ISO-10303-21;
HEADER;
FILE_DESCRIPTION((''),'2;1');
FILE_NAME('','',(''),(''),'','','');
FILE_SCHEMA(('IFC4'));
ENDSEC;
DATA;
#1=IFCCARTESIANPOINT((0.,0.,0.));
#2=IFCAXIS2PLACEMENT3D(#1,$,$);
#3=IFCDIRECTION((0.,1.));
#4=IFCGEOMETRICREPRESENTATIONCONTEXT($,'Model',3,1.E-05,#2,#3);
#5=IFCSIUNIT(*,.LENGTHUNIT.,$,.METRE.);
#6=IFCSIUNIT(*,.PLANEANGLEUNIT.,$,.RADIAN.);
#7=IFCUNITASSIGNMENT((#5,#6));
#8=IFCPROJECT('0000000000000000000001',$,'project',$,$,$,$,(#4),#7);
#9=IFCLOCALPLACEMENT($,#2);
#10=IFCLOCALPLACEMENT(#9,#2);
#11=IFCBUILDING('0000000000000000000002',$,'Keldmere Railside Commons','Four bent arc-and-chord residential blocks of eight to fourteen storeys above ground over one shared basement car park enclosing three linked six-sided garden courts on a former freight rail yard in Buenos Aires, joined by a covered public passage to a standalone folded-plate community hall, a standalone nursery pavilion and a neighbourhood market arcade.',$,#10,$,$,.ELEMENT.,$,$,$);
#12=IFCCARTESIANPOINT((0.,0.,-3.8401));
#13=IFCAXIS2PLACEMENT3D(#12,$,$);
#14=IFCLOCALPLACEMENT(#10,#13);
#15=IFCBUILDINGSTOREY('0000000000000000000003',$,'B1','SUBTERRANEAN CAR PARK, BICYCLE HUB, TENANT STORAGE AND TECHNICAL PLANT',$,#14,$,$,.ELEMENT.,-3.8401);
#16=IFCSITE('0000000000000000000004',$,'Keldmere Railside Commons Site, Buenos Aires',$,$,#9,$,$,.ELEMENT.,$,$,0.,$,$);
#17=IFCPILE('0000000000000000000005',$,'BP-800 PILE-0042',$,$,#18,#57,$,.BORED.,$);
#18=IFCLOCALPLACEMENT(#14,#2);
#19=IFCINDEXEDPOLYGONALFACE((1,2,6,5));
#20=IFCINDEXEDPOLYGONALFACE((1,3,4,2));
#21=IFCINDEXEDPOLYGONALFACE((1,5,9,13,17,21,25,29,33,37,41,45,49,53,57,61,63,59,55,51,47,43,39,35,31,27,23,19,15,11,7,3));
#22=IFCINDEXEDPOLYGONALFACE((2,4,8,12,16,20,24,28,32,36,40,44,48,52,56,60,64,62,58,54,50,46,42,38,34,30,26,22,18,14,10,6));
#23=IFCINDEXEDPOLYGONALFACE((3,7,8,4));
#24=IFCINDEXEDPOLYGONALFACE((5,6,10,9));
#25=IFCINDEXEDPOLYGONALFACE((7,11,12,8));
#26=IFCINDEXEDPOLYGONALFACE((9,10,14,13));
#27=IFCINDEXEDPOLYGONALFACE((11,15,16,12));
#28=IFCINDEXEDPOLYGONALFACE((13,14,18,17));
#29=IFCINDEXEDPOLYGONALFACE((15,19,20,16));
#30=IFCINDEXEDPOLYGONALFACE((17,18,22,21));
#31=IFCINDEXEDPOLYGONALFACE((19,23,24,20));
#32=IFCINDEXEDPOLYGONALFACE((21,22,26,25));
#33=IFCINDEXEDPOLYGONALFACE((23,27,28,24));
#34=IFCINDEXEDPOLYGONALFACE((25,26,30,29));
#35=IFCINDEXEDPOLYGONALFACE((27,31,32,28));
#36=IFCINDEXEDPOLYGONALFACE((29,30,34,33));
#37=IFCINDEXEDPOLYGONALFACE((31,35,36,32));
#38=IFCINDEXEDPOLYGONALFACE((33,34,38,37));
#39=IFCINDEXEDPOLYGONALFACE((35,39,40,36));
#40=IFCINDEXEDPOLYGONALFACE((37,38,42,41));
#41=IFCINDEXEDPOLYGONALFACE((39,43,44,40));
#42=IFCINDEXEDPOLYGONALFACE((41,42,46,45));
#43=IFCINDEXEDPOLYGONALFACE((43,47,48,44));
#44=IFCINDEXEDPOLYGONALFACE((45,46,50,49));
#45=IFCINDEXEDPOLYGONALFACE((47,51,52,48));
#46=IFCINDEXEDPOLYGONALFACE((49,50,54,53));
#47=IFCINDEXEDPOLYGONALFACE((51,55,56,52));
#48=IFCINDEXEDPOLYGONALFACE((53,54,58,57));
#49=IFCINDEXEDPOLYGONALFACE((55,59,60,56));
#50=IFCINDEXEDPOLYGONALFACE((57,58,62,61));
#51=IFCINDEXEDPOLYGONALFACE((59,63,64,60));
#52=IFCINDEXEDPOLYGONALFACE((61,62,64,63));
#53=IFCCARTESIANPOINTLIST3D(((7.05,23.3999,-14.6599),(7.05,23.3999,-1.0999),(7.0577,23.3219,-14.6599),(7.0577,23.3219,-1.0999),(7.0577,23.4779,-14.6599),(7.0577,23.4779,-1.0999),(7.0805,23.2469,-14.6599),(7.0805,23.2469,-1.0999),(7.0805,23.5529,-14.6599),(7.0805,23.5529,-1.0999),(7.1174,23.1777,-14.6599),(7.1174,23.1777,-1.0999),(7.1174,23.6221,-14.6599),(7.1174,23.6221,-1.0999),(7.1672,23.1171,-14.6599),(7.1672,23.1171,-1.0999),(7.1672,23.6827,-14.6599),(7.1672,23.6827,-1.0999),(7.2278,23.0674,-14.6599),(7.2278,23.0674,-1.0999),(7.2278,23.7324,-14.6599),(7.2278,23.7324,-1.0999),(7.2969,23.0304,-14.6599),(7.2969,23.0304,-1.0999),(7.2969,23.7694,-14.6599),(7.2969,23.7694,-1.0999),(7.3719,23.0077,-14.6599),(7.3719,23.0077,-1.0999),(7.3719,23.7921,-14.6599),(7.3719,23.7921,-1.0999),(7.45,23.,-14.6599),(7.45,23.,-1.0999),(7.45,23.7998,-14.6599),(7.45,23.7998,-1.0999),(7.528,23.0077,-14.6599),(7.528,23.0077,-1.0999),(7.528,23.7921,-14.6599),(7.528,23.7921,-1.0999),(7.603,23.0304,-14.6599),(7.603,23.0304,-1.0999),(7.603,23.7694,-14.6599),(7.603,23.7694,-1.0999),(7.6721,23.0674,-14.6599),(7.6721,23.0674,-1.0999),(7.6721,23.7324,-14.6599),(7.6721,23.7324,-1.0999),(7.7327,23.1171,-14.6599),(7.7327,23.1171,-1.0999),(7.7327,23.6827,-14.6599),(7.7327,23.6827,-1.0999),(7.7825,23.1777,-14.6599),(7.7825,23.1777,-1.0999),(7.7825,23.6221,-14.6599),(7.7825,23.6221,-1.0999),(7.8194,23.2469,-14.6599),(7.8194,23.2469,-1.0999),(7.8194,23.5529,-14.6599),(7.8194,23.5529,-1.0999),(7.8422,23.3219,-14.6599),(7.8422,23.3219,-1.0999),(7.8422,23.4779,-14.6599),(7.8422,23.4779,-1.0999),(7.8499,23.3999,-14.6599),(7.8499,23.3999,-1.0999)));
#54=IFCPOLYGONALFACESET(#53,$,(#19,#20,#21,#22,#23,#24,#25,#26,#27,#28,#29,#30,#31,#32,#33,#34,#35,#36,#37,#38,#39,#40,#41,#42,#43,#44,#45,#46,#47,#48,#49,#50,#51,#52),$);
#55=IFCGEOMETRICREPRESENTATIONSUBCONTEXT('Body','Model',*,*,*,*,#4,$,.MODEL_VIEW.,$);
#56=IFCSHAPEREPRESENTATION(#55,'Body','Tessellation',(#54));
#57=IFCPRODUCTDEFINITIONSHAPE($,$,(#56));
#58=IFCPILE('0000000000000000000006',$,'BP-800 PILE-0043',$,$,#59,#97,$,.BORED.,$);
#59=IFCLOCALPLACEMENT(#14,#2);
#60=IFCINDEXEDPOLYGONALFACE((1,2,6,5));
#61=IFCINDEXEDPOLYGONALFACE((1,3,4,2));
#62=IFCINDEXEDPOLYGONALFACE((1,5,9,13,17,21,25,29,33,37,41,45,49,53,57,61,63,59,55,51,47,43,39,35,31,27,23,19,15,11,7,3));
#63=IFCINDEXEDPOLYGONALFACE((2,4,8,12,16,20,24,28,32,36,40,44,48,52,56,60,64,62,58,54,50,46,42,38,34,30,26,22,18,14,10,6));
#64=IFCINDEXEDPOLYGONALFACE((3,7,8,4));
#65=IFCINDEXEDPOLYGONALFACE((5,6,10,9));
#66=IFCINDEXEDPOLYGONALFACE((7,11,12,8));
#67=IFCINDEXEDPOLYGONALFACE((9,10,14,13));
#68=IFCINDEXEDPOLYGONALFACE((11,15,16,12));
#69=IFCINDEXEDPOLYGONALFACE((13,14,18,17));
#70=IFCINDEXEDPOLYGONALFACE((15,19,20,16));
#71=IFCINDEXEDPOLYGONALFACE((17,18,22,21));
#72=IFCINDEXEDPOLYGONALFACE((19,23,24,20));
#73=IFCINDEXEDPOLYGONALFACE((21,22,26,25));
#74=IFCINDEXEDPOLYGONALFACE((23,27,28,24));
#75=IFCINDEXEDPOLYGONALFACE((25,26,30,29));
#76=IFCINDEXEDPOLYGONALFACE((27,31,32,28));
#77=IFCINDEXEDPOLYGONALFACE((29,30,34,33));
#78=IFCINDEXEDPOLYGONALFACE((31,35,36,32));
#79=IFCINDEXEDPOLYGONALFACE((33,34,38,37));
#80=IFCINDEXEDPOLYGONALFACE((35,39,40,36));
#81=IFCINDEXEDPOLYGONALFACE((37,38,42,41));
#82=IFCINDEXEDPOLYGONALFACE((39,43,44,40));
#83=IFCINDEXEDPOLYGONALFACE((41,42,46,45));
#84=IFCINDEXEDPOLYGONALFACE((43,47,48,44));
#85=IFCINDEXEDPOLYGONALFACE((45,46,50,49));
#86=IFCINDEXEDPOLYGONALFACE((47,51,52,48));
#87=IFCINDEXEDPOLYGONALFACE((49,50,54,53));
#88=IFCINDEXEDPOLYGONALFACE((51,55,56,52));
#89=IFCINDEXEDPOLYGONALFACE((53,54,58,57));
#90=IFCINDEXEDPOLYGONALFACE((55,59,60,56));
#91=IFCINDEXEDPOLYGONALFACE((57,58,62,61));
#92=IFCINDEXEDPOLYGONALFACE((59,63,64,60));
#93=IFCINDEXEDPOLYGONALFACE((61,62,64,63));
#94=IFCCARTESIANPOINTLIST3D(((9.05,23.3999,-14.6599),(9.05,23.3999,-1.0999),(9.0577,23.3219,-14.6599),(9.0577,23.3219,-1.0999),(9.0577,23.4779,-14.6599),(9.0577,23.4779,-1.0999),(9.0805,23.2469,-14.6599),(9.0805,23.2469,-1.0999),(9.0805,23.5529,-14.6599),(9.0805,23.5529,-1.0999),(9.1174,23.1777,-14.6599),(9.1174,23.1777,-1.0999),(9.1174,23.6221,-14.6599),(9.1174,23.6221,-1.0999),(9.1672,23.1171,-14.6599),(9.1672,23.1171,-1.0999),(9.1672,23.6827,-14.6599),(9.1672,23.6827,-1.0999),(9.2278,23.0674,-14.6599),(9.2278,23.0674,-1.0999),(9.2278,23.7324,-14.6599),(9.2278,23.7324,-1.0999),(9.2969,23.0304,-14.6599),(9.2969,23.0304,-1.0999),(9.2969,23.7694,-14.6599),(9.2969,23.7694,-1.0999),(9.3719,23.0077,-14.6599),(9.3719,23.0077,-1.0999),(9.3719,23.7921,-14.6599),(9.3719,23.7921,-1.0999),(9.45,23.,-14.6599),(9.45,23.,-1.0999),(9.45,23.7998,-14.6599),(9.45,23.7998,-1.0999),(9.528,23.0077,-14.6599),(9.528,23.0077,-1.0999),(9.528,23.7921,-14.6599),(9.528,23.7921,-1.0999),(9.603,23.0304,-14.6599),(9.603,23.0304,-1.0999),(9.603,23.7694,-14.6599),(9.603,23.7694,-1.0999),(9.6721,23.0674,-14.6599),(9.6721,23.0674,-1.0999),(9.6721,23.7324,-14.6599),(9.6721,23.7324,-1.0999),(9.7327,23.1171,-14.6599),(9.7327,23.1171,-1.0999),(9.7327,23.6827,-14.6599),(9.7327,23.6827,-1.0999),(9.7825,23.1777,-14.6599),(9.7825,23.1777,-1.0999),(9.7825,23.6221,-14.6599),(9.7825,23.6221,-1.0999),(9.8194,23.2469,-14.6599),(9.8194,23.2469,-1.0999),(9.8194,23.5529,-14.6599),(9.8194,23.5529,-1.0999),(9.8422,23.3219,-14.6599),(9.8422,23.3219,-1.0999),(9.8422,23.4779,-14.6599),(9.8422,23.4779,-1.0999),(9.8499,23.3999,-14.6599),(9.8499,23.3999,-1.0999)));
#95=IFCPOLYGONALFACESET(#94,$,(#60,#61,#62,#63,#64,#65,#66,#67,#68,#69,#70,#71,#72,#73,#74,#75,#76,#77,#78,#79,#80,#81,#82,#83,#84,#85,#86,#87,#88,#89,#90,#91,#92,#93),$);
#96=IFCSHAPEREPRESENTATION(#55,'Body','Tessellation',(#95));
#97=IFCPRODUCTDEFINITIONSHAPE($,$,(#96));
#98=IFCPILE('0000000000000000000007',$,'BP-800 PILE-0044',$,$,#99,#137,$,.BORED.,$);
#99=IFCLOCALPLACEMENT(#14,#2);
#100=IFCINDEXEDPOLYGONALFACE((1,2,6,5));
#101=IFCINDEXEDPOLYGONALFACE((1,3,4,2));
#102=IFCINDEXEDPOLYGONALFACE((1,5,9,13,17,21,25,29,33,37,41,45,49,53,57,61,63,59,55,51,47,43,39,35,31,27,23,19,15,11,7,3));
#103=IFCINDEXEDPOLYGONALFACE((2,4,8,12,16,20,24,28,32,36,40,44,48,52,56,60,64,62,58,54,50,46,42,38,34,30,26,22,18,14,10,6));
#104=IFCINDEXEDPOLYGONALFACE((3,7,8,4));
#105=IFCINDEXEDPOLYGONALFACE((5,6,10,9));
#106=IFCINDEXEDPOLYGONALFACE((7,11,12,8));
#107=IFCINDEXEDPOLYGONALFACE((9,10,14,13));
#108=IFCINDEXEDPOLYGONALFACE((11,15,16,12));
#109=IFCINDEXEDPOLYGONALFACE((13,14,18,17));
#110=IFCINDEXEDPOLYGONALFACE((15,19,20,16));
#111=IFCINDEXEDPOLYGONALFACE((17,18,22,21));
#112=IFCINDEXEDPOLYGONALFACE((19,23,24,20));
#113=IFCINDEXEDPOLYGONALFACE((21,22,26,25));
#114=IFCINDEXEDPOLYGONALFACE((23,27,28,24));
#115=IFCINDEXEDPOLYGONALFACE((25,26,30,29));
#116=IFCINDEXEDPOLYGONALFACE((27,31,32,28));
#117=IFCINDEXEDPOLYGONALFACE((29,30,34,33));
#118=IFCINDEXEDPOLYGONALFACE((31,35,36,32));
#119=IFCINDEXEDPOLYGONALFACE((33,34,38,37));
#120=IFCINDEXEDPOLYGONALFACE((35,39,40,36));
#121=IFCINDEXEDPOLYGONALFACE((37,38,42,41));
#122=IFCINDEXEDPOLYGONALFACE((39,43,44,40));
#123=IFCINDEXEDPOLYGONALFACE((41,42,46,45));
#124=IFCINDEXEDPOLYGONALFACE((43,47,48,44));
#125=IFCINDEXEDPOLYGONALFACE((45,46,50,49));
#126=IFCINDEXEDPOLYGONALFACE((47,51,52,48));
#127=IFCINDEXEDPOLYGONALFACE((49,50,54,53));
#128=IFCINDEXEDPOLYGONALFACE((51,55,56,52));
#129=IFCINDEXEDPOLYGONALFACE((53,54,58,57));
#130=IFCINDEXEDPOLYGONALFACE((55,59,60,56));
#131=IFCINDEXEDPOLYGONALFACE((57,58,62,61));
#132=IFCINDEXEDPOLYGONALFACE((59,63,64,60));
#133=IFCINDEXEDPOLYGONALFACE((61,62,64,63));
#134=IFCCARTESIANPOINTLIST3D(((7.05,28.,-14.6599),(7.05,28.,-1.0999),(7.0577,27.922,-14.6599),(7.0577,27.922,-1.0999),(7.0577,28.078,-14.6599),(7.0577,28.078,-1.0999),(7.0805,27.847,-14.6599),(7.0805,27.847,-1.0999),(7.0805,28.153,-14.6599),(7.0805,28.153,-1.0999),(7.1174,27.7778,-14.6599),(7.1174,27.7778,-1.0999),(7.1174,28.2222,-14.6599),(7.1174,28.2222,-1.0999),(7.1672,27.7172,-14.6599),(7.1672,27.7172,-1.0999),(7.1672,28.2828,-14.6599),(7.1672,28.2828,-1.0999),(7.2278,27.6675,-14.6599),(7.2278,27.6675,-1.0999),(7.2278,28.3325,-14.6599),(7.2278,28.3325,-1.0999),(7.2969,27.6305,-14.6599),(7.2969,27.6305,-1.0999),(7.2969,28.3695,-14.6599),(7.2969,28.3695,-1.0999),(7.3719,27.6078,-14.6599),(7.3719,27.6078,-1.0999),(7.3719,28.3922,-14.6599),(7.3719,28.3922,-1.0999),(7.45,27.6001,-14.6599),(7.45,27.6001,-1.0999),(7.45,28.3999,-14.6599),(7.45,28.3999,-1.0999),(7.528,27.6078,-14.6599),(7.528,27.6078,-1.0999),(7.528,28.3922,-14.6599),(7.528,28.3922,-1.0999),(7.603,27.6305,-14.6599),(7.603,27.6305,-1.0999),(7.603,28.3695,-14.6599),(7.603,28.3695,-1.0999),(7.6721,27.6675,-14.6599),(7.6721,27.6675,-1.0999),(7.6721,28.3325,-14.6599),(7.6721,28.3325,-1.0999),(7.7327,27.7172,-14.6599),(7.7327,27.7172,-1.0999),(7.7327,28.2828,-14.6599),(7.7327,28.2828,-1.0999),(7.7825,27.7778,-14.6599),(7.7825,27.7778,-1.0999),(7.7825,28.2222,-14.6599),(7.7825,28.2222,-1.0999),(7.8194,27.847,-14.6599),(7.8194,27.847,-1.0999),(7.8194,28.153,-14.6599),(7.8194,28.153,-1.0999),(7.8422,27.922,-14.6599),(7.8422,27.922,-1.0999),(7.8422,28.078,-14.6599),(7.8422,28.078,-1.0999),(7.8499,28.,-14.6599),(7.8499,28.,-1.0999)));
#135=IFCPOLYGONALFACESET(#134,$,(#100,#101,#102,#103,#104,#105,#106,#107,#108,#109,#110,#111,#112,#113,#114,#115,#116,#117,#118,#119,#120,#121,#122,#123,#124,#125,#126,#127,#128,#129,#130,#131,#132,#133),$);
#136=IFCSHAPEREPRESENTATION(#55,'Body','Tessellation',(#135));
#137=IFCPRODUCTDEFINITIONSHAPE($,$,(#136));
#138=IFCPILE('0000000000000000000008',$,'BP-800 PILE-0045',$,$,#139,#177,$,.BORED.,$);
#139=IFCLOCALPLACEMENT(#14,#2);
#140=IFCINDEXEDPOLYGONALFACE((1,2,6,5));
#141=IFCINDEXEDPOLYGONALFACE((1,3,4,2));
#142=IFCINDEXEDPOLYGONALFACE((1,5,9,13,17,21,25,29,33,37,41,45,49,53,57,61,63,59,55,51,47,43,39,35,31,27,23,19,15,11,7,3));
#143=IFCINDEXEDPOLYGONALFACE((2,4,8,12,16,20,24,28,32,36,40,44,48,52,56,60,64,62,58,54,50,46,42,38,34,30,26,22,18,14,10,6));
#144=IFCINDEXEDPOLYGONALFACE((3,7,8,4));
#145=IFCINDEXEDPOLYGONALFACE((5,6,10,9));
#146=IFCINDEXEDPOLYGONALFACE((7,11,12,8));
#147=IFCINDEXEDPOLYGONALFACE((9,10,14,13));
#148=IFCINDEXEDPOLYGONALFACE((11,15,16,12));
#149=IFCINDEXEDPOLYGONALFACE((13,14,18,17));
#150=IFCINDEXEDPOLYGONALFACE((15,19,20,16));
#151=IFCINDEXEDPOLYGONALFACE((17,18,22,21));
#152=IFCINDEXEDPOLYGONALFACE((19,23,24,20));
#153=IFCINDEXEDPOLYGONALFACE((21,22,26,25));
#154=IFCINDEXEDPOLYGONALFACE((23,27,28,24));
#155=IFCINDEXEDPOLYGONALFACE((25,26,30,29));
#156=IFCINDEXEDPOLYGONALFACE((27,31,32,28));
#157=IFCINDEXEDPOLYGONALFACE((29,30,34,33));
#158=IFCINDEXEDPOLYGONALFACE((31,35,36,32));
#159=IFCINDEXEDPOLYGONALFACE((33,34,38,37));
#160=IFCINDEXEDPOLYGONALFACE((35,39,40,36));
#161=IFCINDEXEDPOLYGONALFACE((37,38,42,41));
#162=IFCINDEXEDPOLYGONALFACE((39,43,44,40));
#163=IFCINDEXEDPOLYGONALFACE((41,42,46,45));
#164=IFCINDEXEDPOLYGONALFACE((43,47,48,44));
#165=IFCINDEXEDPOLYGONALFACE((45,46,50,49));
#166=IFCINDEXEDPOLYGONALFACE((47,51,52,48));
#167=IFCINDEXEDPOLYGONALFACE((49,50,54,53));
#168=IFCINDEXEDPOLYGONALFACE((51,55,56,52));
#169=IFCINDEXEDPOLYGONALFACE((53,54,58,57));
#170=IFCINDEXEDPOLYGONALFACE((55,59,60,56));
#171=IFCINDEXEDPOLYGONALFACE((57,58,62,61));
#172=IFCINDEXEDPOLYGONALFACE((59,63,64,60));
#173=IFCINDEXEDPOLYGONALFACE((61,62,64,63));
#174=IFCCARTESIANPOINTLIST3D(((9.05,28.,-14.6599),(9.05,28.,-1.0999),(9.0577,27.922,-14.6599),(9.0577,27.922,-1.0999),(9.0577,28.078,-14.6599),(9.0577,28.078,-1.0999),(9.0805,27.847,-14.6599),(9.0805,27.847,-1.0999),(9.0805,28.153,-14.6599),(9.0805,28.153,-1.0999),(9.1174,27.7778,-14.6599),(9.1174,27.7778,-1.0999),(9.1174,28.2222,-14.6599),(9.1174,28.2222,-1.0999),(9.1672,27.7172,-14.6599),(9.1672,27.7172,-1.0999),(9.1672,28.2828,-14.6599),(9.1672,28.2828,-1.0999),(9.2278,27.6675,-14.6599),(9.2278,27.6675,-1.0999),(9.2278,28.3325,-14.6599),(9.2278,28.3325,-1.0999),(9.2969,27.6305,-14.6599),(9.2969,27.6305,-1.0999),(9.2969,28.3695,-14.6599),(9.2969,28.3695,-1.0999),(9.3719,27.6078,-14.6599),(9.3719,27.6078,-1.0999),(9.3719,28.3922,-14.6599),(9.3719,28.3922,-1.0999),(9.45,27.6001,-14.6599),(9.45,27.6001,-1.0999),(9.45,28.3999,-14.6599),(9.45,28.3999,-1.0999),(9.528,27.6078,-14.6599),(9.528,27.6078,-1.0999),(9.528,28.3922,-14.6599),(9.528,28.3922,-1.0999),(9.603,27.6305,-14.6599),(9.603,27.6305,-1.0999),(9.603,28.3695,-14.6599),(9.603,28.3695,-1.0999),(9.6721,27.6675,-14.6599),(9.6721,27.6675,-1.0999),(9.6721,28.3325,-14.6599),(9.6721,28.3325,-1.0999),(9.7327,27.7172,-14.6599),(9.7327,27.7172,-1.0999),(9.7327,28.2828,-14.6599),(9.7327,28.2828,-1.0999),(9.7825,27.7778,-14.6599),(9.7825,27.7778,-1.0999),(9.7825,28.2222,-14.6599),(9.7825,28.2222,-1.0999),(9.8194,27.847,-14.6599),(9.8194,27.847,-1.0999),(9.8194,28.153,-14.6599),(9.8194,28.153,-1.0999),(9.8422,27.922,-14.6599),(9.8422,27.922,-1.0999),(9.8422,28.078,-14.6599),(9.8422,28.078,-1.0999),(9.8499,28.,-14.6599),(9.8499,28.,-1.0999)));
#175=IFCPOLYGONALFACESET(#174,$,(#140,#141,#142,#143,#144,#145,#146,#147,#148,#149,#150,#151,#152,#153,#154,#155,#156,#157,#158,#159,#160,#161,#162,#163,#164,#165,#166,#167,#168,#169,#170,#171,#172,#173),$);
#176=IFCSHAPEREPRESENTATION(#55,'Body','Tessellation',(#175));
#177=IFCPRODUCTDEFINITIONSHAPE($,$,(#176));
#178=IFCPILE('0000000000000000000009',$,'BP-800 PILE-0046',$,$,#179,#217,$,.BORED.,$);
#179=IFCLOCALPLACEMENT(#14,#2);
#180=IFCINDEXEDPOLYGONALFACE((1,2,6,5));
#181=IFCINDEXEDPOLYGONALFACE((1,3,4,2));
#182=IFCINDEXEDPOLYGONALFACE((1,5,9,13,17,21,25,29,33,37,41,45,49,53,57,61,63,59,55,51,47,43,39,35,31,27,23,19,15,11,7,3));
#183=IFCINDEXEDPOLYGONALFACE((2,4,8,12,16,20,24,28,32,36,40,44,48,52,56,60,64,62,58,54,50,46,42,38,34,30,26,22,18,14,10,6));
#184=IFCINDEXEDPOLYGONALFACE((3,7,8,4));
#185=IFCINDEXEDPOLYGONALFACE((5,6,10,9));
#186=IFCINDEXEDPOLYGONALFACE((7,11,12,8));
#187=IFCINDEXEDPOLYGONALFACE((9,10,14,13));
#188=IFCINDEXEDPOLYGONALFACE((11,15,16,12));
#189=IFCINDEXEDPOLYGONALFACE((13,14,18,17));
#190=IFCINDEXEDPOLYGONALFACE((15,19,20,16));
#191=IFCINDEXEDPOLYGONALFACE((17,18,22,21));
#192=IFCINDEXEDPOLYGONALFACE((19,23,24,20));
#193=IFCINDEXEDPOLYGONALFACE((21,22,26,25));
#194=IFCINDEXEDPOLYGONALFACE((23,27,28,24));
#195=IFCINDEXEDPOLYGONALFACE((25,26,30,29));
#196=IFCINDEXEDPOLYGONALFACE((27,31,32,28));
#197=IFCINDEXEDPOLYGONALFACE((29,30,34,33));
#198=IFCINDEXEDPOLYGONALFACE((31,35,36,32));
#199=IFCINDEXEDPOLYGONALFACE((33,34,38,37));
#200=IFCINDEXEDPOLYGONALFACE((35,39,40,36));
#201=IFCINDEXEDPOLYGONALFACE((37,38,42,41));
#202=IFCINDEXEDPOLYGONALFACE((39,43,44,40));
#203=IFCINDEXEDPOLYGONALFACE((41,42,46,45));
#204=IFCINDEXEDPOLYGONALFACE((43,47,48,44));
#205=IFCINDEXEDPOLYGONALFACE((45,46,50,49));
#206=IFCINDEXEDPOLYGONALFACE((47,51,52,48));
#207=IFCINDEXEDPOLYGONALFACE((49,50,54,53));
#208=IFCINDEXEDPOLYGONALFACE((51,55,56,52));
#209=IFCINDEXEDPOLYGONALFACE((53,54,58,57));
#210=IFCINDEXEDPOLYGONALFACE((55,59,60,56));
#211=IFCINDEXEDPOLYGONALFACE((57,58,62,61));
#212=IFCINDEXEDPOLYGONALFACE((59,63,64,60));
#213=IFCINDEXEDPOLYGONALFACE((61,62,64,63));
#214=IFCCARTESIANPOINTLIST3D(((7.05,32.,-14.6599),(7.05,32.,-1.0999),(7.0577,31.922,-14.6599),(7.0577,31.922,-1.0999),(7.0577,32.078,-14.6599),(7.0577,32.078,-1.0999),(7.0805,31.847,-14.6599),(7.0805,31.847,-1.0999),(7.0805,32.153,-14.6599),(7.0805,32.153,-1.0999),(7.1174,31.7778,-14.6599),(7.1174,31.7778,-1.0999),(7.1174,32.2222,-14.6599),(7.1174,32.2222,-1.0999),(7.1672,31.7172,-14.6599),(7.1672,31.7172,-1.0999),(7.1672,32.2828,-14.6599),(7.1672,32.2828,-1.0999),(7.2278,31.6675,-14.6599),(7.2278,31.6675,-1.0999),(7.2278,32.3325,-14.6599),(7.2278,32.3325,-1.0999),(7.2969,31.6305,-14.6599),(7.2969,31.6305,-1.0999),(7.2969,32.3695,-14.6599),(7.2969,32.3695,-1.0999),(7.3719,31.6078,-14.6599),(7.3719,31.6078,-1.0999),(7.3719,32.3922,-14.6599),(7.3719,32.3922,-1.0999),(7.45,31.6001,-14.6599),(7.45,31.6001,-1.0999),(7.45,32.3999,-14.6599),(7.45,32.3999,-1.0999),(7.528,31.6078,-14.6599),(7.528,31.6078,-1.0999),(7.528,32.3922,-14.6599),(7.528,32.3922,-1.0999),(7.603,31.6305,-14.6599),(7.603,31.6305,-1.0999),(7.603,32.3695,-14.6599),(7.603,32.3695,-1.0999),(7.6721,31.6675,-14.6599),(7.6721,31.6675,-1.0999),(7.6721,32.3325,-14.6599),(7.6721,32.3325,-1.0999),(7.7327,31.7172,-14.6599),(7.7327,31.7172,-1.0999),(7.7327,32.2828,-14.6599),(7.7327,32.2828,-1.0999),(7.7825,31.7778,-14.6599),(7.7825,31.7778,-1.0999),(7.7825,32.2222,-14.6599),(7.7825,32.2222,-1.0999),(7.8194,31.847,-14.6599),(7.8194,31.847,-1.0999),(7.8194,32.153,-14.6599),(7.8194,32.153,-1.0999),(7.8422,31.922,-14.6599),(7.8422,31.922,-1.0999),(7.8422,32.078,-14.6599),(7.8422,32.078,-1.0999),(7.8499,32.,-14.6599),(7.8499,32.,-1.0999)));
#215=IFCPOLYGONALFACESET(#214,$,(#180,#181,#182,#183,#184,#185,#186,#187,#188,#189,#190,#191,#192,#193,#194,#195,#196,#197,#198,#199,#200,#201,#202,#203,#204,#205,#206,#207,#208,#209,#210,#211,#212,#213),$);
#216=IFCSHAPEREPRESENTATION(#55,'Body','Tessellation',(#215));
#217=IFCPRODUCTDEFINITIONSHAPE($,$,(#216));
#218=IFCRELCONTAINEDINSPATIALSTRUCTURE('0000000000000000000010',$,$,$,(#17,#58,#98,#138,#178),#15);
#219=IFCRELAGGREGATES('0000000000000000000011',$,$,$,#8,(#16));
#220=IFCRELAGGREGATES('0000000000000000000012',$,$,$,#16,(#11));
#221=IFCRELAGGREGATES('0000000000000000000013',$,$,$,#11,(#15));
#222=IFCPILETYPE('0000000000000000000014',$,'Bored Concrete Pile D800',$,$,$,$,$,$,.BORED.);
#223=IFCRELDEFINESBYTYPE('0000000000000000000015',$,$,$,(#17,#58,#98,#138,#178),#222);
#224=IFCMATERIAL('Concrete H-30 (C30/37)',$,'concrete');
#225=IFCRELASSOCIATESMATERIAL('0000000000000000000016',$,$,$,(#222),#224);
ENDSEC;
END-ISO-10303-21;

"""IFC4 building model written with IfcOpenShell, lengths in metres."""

from ifc_helpers import new_model, si_unit, direction, frame, origin, origin_2d, place, context, subcontext, project, spatial, circle, extrude, material, material_profile, profile_set, type_object, element, save


model = new_model("IFC4")

# Units and contexts
model_context = context("Model", 3, precision=1e-05, world=origin(), true_north=direction((0.0, 1.0)))
body_context = subcontext(model_context, "Body", "Model", "MODEL_VIEW")
ifc_project = project(units=[si_unit("LENGTHUNIT", "METRE"), si_unit("PLANEANGLEUNIT", "RADIAN")], contexts=[model_context])

# Site, building, storey
site_placement = place(None, origin())
site = spatial("IfcSite", under=ifc_project, at=site_placement, Name="Keldmere Railside Commons Site, Buenos Aires", CompositionType="ELEMENT", RefElevation=0.0)
building_placement = place(site_placement, origin())
building = spatial("IfcBuilding", under=site, at=building_placement, Name="Keldmere Railside Commons", Description="Four bent arc-and-chord residential blocks of eight to fourteen storeys above ground over one shared basement car park enclosing three linked six-sided garden courts on a former freight rail yard in Buenos Aires, joined by a covered public passage to a standalone folded-plate community hall, a standalone nursery pavilion and a neighbourhood market arcade.", CompositionType="ELEMENT")
storey_placement = place(building_placement, frame((0.0, 0.0, -3.8401)))
storey = spatial("IfcBuildingStorey", under=building, at=storey_placement, Name="B1", Description="SUBTERRANEAN CAR PARK, BICYCLE HUB, TENANT STORAGE AND TECHNICAL PLANT", CompositionType="ELEMENT", Elevation=-3.8401)

# Piles
ifc_material_1 = material(Name="Concrete H-30 (C30/37)", Category="concrete")
ifc_material_profile_1 = material_profile(ifc_material_1, circle(Radius=0.3999, at=origin_2d()), Name="PILE-D800")
ifc_profile_set_1 = profile_set([ifc_material_profile_1], Name="Concrete H-30 (C30/37)")
pile_type = type_object("IfcPileType", Name="Bored Concrete Pile D800", PredefinedType="BORED", material=ifc_profile_set_1)
for number, where, z_axis, x_axis, name in (
    (1, (7.45, 23.3999, -1.0999), (0.0, 0.0, -1.0), (1.0, 0.0, 0.0), "BP-800 PILE-0042"),
    (2, (9.45, 23.3999, -1.0999), (0.0, 0.0, -1.0), (1.0, 0.0, 0.0), "BP-800 PILE-0043"),
    (3, (7.45, 28.0, -1.0999), (0.0, 0.0, -1.0), (1.0, 0.0, 0.0), "BP-800 PILE-0044"),
    (4, (9.45, 28.0, -1.0999), (0.0, 0.0, -1.0), (1.0, 0.0, 0.0), "BP-800 PILE-0045"),
    (5, (7.45, 32.0, -1.0999), (0.0, 0.0, -1.0), (1.0, 0.0, 0.0), "BP-800 PILE-0046"),
):
    element("IfcPile", number, at=place(storey_placement, frame(where, z_axis=z_axis, x_axis=x_axis)), inside=storey, type_object=pile_type, Name=name, PredefinedType="BORED", context=body_context, shape_type="SweptSolid", body=[
        extrude(circle(Radius=0.3999, at=origin_2d()), origin(), (0.0, 0.0, 1.0), 13.5601),
    ])

save(model, "model.ifc")
